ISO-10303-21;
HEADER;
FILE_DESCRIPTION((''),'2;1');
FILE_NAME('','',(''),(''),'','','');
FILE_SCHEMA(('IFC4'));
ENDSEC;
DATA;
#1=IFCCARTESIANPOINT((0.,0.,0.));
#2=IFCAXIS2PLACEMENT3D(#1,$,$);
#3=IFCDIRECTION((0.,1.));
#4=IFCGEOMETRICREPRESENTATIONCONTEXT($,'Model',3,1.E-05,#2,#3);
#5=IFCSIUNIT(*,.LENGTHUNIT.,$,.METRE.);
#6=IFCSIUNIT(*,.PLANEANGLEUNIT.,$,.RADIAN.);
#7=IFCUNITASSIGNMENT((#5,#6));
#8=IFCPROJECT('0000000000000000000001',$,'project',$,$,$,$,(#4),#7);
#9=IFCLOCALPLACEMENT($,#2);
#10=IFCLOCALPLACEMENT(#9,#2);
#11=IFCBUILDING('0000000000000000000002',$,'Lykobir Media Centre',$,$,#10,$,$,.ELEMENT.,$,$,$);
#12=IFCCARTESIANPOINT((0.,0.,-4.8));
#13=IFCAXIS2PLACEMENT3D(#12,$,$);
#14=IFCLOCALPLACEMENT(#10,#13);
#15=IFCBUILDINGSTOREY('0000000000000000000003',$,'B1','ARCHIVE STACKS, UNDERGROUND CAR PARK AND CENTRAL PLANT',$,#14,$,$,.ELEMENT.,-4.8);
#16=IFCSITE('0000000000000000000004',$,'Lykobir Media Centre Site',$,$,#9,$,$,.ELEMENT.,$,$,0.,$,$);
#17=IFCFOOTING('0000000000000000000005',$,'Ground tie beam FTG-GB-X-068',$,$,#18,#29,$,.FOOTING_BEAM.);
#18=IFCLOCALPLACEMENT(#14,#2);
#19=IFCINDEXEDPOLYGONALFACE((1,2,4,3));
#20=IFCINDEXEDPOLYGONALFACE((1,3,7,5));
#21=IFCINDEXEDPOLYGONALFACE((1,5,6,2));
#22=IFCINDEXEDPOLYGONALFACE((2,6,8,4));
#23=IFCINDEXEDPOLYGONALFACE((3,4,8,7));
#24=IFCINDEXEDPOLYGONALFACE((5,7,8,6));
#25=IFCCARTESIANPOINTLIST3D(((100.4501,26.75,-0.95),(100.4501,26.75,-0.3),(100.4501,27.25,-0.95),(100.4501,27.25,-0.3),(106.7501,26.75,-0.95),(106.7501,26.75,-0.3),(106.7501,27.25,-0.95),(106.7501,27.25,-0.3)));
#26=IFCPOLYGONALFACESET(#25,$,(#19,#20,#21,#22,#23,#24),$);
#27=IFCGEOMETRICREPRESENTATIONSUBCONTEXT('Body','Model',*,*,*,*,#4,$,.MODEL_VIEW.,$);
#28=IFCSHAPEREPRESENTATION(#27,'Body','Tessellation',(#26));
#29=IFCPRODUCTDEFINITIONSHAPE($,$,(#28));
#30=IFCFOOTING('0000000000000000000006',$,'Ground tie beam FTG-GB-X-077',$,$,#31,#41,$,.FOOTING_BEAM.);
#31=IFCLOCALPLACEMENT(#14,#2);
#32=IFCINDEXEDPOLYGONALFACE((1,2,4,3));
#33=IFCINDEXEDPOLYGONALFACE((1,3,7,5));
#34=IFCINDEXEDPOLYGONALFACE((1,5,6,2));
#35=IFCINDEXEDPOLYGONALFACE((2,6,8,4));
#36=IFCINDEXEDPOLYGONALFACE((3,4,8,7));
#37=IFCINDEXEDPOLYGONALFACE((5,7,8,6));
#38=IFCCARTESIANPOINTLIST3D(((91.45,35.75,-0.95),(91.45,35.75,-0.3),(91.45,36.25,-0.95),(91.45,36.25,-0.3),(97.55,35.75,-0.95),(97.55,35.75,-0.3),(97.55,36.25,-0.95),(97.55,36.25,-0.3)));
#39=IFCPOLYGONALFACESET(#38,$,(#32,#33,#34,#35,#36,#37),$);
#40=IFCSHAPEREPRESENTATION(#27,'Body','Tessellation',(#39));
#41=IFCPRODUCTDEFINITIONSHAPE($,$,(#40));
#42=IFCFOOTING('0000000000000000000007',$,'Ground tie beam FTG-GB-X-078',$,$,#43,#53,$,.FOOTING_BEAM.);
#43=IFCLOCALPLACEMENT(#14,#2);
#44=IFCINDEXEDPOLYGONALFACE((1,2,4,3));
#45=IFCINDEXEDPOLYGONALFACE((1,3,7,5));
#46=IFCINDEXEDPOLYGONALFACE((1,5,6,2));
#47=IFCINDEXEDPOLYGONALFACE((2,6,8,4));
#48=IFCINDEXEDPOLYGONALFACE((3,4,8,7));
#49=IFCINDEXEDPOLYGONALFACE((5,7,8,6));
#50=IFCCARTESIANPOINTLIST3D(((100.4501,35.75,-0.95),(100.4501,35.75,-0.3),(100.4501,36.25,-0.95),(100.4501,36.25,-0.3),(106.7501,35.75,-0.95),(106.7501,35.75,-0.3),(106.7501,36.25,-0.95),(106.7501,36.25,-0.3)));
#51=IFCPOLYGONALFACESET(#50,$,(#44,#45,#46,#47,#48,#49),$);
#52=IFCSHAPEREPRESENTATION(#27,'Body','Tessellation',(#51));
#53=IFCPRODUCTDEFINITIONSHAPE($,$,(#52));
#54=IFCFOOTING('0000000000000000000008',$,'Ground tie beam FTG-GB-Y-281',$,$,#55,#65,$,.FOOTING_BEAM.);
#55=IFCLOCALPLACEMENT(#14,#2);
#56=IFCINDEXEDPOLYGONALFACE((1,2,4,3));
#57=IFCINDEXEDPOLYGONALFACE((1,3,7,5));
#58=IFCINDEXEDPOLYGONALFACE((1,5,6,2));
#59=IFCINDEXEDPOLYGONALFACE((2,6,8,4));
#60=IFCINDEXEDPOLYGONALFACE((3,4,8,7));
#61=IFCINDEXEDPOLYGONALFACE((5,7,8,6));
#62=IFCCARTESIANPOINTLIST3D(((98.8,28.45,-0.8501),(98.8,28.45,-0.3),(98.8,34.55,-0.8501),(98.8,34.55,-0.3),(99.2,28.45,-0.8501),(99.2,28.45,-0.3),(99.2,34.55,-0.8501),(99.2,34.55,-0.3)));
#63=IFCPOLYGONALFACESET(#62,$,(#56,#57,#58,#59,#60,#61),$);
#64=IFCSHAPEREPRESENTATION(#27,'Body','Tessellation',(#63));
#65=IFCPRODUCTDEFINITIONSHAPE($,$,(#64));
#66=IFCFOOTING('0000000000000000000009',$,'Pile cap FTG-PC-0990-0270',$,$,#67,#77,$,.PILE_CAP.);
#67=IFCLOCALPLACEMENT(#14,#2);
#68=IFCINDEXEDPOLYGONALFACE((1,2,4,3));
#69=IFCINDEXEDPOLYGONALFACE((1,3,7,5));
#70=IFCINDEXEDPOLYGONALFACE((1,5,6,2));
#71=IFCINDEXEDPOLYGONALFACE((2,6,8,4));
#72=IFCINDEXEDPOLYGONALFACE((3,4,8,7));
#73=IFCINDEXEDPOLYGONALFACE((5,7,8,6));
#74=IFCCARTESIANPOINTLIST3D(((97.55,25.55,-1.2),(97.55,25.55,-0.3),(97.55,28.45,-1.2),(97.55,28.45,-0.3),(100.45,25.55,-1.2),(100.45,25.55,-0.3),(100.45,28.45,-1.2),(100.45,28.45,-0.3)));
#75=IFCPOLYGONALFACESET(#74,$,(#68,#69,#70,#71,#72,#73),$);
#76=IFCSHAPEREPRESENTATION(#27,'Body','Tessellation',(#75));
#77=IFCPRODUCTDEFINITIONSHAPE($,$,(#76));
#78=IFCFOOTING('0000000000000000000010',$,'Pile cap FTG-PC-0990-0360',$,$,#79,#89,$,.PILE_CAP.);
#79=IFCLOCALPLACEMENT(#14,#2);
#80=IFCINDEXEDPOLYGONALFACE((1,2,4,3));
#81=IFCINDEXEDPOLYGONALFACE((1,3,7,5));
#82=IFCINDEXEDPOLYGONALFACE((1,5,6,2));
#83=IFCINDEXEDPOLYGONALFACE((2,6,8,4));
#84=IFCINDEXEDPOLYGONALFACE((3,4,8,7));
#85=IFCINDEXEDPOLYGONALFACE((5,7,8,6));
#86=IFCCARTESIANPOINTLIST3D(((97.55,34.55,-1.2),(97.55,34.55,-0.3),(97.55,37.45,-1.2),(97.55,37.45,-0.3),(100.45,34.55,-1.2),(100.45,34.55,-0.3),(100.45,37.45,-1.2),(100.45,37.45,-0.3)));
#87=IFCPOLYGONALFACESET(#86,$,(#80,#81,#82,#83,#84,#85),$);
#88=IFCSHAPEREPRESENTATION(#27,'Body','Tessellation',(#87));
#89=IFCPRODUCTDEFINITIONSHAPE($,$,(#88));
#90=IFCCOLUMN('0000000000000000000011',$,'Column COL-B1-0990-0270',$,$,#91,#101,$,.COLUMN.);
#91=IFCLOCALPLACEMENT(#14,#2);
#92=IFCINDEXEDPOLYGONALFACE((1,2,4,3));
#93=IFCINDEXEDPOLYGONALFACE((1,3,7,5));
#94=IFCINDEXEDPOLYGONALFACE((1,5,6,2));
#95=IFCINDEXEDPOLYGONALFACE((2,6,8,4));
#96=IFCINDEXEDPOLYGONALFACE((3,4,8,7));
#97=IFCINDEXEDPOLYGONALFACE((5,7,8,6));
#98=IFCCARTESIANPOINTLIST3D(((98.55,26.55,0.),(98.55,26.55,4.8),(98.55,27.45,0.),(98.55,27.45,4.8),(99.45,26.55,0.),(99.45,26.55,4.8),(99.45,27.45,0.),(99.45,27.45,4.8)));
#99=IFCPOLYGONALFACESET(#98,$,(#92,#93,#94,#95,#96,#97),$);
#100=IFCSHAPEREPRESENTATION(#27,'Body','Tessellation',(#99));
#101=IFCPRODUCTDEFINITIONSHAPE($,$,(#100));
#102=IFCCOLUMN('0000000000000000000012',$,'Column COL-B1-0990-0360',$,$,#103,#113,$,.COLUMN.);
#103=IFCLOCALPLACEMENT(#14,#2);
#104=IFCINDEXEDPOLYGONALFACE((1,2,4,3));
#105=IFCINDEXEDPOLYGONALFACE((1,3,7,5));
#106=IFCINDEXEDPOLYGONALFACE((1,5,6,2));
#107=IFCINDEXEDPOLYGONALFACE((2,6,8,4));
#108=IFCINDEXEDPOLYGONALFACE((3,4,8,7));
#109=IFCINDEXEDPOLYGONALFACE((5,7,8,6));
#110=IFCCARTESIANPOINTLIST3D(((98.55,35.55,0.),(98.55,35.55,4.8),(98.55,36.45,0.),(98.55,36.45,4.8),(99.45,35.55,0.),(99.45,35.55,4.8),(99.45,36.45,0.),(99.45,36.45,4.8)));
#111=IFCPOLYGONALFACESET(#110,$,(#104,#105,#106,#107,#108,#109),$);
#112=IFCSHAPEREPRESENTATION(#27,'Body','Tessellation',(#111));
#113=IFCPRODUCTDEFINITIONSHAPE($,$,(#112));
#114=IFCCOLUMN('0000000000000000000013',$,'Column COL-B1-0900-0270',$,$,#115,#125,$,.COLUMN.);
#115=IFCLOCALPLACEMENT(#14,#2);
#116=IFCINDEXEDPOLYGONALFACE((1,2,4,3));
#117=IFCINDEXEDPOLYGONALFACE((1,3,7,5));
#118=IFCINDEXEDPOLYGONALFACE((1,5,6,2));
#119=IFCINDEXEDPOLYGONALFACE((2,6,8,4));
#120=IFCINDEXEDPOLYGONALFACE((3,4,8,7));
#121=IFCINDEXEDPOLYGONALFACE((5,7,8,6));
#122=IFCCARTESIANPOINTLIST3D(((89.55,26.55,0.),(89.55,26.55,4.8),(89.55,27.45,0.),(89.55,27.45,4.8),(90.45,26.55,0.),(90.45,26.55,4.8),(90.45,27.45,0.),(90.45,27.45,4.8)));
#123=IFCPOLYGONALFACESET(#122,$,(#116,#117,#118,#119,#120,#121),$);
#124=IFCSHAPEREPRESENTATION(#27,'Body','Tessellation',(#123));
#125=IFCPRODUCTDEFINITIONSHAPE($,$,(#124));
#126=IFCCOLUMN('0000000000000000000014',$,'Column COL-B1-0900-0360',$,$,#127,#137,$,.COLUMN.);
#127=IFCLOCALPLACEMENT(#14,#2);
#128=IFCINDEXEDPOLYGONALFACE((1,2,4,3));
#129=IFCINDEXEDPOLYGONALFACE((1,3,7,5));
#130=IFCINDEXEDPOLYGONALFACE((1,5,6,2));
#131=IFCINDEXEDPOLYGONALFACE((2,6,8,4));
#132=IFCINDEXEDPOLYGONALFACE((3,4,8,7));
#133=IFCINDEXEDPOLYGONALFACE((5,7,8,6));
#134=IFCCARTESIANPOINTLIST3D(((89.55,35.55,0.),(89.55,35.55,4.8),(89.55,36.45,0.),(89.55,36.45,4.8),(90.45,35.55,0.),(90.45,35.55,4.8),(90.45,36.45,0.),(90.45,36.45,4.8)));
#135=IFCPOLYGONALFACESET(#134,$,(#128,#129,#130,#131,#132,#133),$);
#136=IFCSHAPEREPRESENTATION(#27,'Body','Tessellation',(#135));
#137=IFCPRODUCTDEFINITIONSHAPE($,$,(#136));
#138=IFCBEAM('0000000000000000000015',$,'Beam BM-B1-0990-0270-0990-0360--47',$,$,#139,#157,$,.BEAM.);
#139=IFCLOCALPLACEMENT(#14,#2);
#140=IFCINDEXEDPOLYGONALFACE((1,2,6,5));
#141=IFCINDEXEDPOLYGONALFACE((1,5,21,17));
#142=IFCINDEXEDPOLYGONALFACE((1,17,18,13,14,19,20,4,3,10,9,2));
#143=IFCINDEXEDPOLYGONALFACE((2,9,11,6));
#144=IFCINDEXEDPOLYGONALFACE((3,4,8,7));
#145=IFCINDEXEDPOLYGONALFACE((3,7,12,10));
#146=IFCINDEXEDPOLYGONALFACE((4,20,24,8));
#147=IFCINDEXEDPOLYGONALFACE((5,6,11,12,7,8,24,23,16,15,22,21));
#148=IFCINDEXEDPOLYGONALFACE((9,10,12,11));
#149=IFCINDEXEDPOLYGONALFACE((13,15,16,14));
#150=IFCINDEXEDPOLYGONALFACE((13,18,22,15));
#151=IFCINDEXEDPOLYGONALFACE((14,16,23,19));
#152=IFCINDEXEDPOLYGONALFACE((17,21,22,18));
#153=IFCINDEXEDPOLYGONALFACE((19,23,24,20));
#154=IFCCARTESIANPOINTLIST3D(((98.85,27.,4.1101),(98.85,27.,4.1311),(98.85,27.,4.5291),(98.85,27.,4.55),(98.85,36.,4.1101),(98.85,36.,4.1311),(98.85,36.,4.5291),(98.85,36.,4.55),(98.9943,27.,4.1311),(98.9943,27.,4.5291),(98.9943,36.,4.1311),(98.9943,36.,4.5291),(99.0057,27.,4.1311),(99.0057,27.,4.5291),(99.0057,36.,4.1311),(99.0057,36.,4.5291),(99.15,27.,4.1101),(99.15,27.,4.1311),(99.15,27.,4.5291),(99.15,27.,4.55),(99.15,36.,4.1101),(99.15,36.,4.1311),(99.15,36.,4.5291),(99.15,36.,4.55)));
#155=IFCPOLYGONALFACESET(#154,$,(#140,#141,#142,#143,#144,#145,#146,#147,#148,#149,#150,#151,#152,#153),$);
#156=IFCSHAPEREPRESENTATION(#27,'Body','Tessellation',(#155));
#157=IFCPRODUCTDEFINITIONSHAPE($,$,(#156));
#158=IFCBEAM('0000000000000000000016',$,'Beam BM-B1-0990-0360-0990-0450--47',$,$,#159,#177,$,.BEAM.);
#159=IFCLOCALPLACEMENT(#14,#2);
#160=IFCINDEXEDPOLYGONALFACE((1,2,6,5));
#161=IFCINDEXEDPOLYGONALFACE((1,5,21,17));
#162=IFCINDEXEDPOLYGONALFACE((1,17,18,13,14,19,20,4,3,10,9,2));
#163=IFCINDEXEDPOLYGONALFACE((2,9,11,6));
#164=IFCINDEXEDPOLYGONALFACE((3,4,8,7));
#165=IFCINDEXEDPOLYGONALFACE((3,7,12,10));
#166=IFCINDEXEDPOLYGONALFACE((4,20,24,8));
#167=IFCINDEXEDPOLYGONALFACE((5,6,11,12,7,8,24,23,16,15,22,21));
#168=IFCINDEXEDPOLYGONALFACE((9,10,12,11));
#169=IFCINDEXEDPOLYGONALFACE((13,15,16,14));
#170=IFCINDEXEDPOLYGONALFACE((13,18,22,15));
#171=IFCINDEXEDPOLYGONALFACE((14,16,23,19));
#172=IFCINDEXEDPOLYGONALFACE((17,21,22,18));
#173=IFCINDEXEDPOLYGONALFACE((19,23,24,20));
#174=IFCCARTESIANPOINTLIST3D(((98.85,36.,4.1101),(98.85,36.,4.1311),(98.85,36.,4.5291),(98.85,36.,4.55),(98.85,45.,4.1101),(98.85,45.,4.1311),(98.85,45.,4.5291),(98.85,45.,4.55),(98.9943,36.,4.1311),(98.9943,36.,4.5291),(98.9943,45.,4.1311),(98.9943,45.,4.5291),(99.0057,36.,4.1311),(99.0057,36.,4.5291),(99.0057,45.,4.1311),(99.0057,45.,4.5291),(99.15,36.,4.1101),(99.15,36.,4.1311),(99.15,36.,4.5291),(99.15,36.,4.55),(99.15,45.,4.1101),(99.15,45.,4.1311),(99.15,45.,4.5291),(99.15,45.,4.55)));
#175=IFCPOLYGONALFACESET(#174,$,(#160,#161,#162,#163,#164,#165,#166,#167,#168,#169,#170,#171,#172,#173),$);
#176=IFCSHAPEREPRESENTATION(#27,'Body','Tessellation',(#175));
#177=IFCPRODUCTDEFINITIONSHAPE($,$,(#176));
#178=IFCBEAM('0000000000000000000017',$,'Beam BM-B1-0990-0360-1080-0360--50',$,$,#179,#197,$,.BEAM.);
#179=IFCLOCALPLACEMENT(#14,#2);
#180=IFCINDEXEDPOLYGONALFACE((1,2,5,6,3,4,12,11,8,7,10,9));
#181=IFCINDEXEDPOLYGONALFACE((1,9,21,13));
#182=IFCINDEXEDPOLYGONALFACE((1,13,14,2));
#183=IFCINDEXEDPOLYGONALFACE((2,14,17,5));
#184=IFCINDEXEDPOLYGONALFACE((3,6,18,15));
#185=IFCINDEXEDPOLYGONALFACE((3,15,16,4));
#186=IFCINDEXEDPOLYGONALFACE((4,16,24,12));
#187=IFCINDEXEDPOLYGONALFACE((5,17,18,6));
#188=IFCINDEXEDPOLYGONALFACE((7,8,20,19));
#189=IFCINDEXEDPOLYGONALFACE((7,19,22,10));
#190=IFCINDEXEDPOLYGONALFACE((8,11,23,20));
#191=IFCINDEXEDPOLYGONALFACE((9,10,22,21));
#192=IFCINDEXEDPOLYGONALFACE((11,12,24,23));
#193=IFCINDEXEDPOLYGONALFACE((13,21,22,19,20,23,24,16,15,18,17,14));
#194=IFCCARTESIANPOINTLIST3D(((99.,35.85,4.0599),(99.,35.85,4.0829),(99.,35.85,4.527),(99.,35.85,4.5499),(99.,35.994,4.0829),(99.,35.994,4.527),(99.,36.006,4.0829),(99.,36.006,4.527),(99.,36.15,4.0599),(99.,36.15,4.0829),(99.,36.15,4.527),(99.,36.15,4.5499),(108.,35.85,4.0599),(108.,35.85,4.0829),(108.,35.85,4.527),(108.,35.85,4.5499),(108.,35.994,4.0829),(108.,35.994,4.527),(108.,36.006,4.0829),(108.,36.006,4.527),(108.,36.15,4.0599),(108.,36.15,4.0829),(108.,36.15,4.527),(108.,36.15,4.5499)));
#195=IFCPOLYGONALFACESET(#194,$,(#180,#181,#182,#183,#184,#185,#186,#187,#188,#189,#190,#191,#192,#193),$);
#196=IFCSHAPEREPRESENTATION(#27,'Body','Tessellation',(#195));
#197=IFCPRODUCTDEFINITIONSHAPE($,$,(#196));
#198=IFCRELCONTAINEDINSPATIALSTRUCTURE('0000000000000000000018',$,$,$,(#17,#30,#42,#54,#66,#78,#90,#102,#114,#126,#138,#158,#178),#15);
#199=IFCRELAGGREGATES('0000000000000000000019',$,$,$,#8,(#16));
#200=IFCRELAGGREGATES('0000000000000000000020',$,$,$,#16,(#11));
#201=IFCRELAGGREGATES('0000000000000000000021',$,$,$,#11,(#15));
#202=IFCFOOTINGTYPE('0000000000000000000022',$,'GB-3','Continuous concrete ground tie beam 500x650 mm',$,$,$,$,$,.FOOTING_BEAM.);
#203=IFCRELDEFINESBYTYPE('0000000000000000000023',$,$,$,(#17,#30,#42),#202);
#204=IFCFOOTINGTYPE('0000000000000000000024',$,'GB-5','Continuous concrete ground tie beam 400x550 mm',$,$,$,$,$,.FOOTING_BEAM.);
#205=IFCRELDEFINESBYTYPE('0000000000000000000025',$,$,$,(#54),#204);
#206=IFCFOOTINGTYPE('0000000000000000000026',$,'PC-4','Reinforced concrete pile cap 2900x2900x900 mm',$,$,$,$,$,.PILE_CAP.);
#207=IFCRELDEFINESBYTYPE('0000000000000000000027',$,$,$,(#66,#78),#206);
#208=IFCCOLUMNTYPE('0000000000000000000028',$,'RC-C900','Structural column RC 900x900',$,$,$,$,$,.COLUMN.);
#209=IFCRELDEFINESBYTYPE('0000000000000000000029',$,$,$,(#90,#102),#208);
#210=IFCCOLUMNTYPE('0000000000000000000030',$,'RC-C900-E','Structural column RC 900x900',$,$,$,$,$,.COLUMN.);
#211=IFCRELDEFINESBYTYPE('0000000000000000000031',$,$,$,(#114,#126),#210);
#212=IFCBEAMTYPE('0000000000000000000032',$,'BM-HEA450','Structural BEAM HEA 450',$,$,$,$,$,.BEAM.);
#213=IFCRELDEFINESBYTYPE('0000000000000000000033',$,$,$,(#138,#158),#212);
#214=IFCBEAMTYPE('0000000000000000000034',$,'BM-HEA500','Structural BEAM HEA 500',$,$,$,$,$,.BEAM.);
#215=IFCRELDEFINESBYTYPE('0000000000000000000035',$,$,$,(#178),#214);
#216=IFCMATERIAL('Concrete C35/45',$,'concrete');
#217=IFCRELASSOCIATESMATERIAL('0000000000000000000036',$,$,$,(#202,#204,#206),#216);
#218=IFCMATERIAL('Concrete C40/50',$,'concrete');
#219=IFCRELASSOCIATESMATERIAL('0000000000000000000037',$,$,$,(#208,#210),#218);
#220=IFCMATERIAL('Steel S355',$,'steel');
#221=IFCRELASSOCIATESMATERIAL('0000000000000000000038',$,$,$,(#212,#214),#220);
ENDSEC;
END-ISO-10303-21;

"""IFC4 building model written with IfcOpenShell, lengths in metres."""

from ifc_helpers import new_model, si_unit, direction, frame, origin, origin_2d, place, context, subcontext, project, spatial, rectangle, i_section, extrude, material, material_profile, profile_set, type_object, element, save


model = new_model("IFC4")

# Units and contexts
model_context = context("Model", 3, precision=1e-05, world=origin(), true_north=direction((0.0, 1.0)))
body_context = subcontext(model_context, "Body", "Model", "MODEL_VIEW")
ifc_project = project(units=[si_unit("LENGTHUNIT", "METRE"), si_unit("PLANEANGLEUNIT", "RADIAN")], contexts=[model_context])

# Site, building, storey
site_placement = place(None, origin())
site = spatial("IfcSite", under=ifc_project, at=site_placement, Name="Lykobir Media Centre Site", CompositionType="ELEMENT", RefElevation=0.0)
building_placement = place(site_placement, origin())
building = spatial("IfcBuilding", under=site, at=building_placement, Name="Lykobir Media Centre", CompositionType="ELEMENT")
storey_placement = place(building_placement, frame((0.0, 0.0, -4.8)))
storey = spatial("IfcBuildingStorey", under=building, at=storey_placement, Name="B1", Description="ARCHIVE STACKS, UNDERGROUND CAR PARK AND CENTRAL PLANT", CompositionType="ELEMENT", Elevation=-4.8)

# Footings
ifc_material_1 = material(Name="Concrete C35/45", Category="concrete")
footing_type_1 = type_object("IfcFootingType", Name="GB-3", Description="Continuous concrete ground tie beam 500x650 mm", PredefinedType="FOOTING_BEAM", material=ifc_material_1)
footing_1_placement = place(storey_placement, frame((103.6001, 27.0, -0.95), z_axis=(0.0, 0.0, 1.0), x_axis=(1.0, 0.0, 0.0)))
element("IfcFooting", 1, at=footing_1_placement, inside=storey, type_object=footing_type_1, Name="Ground tie beam FTG-GB-X-068", PredefinedType="FOOTING_BEAM", context=body_context, shape_type="SweptSolid", body=[
    extrude(rectangle(XDim=6.3, YDim=0.5, at=origin_2d()), origin(), (0.0, 0.0, 1.0), 0.6499),
])
footing_2_placement = place(storey_placement, frame((94.5, 36.0, -0.95), z_axis=(0.0, 0.0, 1.0), x_axis=(1.0, 0.0, 0.0)))
element("IfcFooting", 2, at=footing_2_placement, inside=storey, type_object=footing_type_1, Name="Ground tie beam FTG-GB-X-077", PredefinedType="FOOTING_BEAM", context=body_context, shape_type="SweptSolid", body=[
    extrude(rectangle(XDim=6.1001, YDim=0.5, at=origin_2d()), origin(), (0.0, 0.0, 1.0), 0.6499),
])
footing_3_placement = place(storey_placement, frame((103.6001, 36.0, -0.95), z_axis=(0.0, 0.0, 1.0), x_axis=(1.0, 0.0, 0.0)))
element("IfcFooting", 3, at=footing_3_placement, inside=storey, type_object=footing_type_1, Name="Ground tie beam FTG-GB-X-078", PredefinedType="FOOTING_BEAM", context=body_context, shape_type="SweptSolid", body=[
    extrude(rectangle(XDim=6.3, YDim=0.5, at=origin_2d()), origin(), (0.0, 0.0, 1.0), 0.6499),
])
footing_type_2 = type_object("IfcFootingType", Name="GB-5", Description="Continuous concrete ground tie beam 400x550 mm", PredefinedType="FOOTING_BEAM", material=ifc_material_1)
footing_4_placement = place(storey_placement, frame((99.0, 31.5, -0.8501), z_axis=(0.0, 0.0, 1.0), x_axis=(0.0, 1.0, 0.0)))
element("IfcFooting", 4, at=footing_4_placement, inside=storey, type_object=footing_type_2, Name="Ground tie beam FTG-GB-Y-281", PredefinedType="FOOTING_BEAM", context=body_context, shape_type="SweptSolid", body=[
    extrude(rectangle(XDim=6.1001, YDim=0.3999, at=origin_2d()), origin(), (0.0, 0.0, 1.0), 0.55),
])
footing_type_3 = type_object("IfcFootingType", Name="PC-4", Description="Reinforced concrete pile cap 2900x2900x900 mm", PredefinedType="PILE_CAP", material=ifc_material_1)
for number, where, z_axis, x_axis, name in (
    (5, (99.0, 27.0, -1.2), (0.0, 0.0, 1.0), (1.0, 0.0, 0.0), "Pile cap FTG-PC-0990-0270"),
    (6, (99.0, 36.0, -1.2), (0.0, 0.0, 1.0), (1.0, 0.0, 0.0), "Pile cap FTG-PC-0990-0360"),
):
    element("IfcFooting", number, at=place(storey_placement, frame(where, z_axis=z_axis, x_axis=x_axis)), inside=storey, type_object=footing_type_3, Name=name, PredefinedType="PILE_CAP", context=body_context, shape_type="SweptSolid", body=[
        extrude(rectangle(XDim=2.8999, YDim=2.8999, at=origin_2d()), origin(), (0.0, 0.0, 1.0), 0.8999),
    ])

# Columns
ifc_material_2 = material(Name="Concrete C40/50", Category="concrete")
ifc_material_profile_1 = material_profile(ifc_material_2, rectangle(XDim=0.8999, YDim=0.8999, at=origin_2d()), Name="RC 900x900")
ifc_profile_set_1 = profile_set([ifc_material_profile_1], Name="Concrete C40/50")
column_type_1 = type_object("IfcColumnType", Name="RC-C900", Description="Structural column RC 900x900", PredefinedType="COLUMN", material=ifc_profile_set_1)
for number, where, z_axis, x_axis, name in (
    (7, (99.0, 27.0, 0.0), (0.0, 0.0, 1.0), (1.0, 0.0, 0.0), "Column COL-B1-0990-0270"),
    (8, (99.0, 36.0, 0.0), (0.0, 0.0, 1.0), (1.0, 0.0, 0.0), "Column COL-B1-0990-0360"),
):
    element("IfcColumn", number, at=place(storey_placement, frame(where, z_axis=z_axis, x_axis=x_axis)), inside=storey, type_object=column_type_1, Name=name, PredefinedType="COLUMN", context=body_context, shape_type="SweptSolid", body=[
        extrude(rectangle(XDim=0.8999, YDim=0.8999, at=origin_2d()), origin(), (0.0, 0.0, 1.0), 4.8),
    ])
ifc_material_profile_2 = material_profile(ifc_material_2, rectangle(XDim=0.8999, YDim=0.8999, at=origin_2d()), Name="RC 900x900")
ifc_profile_set_2 = profile_set([ifc_material_profile_2], Name="Concrete C40/50")
column_type_2 = type_object("IfcColumnType", Name="RC-C900-E", Description="Structural column RC 900x900", PredefinedType="COLUMN", material=ifc_profile_set_2)
for number, where, z_axis, x_axis, name in (
    (9, (90.0, 27.0, 0.0), (0.0, 0.0, 1.0), (1.0, 0.0, 0.0), "Column COL-B1-0900-0270"),
    (10, (90.0, 36.0, 0.0), (0.0, 0.0, 1.0), (1.0, 0.0, 0.0), "Column COL-B1-0900-0360"),
):
    element("IfcColumn", number, at=place(storey_placement, frame(where, z_axis=z_axis, x_axis=x_axis)), inside=storey, type_object=column_type_2, Name=name, PredefinedType="COLUMN", context=body_context, shape_type="SweptSolid", body=[
        extrude(rectangle(XDim=0.8999, YDim=0.8999, at=origin_2d()), origin(), (0.0, 0.0, 1.0), 4.8),
    ])

# Beams
ifc_material_3 = material(Name="Steel S355", Category="steel")
ifc_material_profile_3 = material_profile(ifc_material_3, i_section(OverallWidth=0.3, OverallDepth=0.4399, WebThickness=0.0115, FlangeThickness=0.021, at=origin_2d()), Name="HEA 450")
ifc_profile_set_3 = profile_set([ifc_material_profile_3], Name="Steel S355")
beam_type_1 = type_object("IfcBeamType", Name="BM-HEA450", Description="Structural BEAM HEA 450", PredefinedType="BEAM", material=ifc_profile_set_3)
for number, where, z_axis, x_axis, name in (
    (11, (99.0, 27.0, 4.3301), (0.0, 1.0, 0.0), (-1.0, 0.0, 0.0), "Beam BM-B1-0990-0270-0990-0360--47"),
    (12, (99.0, 36.0, 4.3301), (0.0, 1.0, 0.0), (-1.0, 0.0, 0.0), "Beam BM-B1-0990-0360-0990-0450--47"),
):
    element("IfcBeam", number, at=place(storey_placement, frame(where, z_axis=z_axis, x_axis=x_axis)), inside=storey, type_object=beam_type_1, Name=name, PredefinedType="BEAM", context=body_context, shape_type="SweptSolid", body=[
        extrude(i_section(OverallWidth=0.3, OverallDepth=0.4399, WebThickness=0.0115, FlangeThickness=0.021, at=origin_2d()), origin(), (0.0, 0.0, 1.0), 9.0),
    ])
ifc_material_profile_4 = material_profile(ifc_material_3, i_section(OverallWidth=0.3, OverallDepth=0.49, WebThickness=0.012, FlangeThickness=0.0229, at=origin_2d()), Name="HEA 500")
ifc_profile_set_4 = profile_set([ifc_material_profile_4], Name="Steel S355")
beam_type_2 = type_object("IfcBeamType", Name="BM-HEA500", Description="Structural BEAM HEA 500", PredefinedType="BEAM", material=ifc_profile_set_4)
beam_placement = place(storey_placement, frame((99.0, 36.0, 4.3049), z_axis=(1.0, 0.0, 0.0), x_axis=(0.0, 1.0, 0.0)))
element("IfcBeam", 13, at=beam_placement, inside=storey, type_object=beam_type_2, Name="Beam BM-B1-0990-0360-1080-0360--50", PredefinedType="BEAM", context=body_context, shape_type="SweptSolid", body=[
    extrude(i_section(OverallWidth=0.3, OverallDepth=0.49, WebThickness=0.012, FlangeThickness=0.0229, at=origin_2d()), origin(), (0.0, 0.0, 1.0), 9.0),
])

save(model, "model.ifc")
